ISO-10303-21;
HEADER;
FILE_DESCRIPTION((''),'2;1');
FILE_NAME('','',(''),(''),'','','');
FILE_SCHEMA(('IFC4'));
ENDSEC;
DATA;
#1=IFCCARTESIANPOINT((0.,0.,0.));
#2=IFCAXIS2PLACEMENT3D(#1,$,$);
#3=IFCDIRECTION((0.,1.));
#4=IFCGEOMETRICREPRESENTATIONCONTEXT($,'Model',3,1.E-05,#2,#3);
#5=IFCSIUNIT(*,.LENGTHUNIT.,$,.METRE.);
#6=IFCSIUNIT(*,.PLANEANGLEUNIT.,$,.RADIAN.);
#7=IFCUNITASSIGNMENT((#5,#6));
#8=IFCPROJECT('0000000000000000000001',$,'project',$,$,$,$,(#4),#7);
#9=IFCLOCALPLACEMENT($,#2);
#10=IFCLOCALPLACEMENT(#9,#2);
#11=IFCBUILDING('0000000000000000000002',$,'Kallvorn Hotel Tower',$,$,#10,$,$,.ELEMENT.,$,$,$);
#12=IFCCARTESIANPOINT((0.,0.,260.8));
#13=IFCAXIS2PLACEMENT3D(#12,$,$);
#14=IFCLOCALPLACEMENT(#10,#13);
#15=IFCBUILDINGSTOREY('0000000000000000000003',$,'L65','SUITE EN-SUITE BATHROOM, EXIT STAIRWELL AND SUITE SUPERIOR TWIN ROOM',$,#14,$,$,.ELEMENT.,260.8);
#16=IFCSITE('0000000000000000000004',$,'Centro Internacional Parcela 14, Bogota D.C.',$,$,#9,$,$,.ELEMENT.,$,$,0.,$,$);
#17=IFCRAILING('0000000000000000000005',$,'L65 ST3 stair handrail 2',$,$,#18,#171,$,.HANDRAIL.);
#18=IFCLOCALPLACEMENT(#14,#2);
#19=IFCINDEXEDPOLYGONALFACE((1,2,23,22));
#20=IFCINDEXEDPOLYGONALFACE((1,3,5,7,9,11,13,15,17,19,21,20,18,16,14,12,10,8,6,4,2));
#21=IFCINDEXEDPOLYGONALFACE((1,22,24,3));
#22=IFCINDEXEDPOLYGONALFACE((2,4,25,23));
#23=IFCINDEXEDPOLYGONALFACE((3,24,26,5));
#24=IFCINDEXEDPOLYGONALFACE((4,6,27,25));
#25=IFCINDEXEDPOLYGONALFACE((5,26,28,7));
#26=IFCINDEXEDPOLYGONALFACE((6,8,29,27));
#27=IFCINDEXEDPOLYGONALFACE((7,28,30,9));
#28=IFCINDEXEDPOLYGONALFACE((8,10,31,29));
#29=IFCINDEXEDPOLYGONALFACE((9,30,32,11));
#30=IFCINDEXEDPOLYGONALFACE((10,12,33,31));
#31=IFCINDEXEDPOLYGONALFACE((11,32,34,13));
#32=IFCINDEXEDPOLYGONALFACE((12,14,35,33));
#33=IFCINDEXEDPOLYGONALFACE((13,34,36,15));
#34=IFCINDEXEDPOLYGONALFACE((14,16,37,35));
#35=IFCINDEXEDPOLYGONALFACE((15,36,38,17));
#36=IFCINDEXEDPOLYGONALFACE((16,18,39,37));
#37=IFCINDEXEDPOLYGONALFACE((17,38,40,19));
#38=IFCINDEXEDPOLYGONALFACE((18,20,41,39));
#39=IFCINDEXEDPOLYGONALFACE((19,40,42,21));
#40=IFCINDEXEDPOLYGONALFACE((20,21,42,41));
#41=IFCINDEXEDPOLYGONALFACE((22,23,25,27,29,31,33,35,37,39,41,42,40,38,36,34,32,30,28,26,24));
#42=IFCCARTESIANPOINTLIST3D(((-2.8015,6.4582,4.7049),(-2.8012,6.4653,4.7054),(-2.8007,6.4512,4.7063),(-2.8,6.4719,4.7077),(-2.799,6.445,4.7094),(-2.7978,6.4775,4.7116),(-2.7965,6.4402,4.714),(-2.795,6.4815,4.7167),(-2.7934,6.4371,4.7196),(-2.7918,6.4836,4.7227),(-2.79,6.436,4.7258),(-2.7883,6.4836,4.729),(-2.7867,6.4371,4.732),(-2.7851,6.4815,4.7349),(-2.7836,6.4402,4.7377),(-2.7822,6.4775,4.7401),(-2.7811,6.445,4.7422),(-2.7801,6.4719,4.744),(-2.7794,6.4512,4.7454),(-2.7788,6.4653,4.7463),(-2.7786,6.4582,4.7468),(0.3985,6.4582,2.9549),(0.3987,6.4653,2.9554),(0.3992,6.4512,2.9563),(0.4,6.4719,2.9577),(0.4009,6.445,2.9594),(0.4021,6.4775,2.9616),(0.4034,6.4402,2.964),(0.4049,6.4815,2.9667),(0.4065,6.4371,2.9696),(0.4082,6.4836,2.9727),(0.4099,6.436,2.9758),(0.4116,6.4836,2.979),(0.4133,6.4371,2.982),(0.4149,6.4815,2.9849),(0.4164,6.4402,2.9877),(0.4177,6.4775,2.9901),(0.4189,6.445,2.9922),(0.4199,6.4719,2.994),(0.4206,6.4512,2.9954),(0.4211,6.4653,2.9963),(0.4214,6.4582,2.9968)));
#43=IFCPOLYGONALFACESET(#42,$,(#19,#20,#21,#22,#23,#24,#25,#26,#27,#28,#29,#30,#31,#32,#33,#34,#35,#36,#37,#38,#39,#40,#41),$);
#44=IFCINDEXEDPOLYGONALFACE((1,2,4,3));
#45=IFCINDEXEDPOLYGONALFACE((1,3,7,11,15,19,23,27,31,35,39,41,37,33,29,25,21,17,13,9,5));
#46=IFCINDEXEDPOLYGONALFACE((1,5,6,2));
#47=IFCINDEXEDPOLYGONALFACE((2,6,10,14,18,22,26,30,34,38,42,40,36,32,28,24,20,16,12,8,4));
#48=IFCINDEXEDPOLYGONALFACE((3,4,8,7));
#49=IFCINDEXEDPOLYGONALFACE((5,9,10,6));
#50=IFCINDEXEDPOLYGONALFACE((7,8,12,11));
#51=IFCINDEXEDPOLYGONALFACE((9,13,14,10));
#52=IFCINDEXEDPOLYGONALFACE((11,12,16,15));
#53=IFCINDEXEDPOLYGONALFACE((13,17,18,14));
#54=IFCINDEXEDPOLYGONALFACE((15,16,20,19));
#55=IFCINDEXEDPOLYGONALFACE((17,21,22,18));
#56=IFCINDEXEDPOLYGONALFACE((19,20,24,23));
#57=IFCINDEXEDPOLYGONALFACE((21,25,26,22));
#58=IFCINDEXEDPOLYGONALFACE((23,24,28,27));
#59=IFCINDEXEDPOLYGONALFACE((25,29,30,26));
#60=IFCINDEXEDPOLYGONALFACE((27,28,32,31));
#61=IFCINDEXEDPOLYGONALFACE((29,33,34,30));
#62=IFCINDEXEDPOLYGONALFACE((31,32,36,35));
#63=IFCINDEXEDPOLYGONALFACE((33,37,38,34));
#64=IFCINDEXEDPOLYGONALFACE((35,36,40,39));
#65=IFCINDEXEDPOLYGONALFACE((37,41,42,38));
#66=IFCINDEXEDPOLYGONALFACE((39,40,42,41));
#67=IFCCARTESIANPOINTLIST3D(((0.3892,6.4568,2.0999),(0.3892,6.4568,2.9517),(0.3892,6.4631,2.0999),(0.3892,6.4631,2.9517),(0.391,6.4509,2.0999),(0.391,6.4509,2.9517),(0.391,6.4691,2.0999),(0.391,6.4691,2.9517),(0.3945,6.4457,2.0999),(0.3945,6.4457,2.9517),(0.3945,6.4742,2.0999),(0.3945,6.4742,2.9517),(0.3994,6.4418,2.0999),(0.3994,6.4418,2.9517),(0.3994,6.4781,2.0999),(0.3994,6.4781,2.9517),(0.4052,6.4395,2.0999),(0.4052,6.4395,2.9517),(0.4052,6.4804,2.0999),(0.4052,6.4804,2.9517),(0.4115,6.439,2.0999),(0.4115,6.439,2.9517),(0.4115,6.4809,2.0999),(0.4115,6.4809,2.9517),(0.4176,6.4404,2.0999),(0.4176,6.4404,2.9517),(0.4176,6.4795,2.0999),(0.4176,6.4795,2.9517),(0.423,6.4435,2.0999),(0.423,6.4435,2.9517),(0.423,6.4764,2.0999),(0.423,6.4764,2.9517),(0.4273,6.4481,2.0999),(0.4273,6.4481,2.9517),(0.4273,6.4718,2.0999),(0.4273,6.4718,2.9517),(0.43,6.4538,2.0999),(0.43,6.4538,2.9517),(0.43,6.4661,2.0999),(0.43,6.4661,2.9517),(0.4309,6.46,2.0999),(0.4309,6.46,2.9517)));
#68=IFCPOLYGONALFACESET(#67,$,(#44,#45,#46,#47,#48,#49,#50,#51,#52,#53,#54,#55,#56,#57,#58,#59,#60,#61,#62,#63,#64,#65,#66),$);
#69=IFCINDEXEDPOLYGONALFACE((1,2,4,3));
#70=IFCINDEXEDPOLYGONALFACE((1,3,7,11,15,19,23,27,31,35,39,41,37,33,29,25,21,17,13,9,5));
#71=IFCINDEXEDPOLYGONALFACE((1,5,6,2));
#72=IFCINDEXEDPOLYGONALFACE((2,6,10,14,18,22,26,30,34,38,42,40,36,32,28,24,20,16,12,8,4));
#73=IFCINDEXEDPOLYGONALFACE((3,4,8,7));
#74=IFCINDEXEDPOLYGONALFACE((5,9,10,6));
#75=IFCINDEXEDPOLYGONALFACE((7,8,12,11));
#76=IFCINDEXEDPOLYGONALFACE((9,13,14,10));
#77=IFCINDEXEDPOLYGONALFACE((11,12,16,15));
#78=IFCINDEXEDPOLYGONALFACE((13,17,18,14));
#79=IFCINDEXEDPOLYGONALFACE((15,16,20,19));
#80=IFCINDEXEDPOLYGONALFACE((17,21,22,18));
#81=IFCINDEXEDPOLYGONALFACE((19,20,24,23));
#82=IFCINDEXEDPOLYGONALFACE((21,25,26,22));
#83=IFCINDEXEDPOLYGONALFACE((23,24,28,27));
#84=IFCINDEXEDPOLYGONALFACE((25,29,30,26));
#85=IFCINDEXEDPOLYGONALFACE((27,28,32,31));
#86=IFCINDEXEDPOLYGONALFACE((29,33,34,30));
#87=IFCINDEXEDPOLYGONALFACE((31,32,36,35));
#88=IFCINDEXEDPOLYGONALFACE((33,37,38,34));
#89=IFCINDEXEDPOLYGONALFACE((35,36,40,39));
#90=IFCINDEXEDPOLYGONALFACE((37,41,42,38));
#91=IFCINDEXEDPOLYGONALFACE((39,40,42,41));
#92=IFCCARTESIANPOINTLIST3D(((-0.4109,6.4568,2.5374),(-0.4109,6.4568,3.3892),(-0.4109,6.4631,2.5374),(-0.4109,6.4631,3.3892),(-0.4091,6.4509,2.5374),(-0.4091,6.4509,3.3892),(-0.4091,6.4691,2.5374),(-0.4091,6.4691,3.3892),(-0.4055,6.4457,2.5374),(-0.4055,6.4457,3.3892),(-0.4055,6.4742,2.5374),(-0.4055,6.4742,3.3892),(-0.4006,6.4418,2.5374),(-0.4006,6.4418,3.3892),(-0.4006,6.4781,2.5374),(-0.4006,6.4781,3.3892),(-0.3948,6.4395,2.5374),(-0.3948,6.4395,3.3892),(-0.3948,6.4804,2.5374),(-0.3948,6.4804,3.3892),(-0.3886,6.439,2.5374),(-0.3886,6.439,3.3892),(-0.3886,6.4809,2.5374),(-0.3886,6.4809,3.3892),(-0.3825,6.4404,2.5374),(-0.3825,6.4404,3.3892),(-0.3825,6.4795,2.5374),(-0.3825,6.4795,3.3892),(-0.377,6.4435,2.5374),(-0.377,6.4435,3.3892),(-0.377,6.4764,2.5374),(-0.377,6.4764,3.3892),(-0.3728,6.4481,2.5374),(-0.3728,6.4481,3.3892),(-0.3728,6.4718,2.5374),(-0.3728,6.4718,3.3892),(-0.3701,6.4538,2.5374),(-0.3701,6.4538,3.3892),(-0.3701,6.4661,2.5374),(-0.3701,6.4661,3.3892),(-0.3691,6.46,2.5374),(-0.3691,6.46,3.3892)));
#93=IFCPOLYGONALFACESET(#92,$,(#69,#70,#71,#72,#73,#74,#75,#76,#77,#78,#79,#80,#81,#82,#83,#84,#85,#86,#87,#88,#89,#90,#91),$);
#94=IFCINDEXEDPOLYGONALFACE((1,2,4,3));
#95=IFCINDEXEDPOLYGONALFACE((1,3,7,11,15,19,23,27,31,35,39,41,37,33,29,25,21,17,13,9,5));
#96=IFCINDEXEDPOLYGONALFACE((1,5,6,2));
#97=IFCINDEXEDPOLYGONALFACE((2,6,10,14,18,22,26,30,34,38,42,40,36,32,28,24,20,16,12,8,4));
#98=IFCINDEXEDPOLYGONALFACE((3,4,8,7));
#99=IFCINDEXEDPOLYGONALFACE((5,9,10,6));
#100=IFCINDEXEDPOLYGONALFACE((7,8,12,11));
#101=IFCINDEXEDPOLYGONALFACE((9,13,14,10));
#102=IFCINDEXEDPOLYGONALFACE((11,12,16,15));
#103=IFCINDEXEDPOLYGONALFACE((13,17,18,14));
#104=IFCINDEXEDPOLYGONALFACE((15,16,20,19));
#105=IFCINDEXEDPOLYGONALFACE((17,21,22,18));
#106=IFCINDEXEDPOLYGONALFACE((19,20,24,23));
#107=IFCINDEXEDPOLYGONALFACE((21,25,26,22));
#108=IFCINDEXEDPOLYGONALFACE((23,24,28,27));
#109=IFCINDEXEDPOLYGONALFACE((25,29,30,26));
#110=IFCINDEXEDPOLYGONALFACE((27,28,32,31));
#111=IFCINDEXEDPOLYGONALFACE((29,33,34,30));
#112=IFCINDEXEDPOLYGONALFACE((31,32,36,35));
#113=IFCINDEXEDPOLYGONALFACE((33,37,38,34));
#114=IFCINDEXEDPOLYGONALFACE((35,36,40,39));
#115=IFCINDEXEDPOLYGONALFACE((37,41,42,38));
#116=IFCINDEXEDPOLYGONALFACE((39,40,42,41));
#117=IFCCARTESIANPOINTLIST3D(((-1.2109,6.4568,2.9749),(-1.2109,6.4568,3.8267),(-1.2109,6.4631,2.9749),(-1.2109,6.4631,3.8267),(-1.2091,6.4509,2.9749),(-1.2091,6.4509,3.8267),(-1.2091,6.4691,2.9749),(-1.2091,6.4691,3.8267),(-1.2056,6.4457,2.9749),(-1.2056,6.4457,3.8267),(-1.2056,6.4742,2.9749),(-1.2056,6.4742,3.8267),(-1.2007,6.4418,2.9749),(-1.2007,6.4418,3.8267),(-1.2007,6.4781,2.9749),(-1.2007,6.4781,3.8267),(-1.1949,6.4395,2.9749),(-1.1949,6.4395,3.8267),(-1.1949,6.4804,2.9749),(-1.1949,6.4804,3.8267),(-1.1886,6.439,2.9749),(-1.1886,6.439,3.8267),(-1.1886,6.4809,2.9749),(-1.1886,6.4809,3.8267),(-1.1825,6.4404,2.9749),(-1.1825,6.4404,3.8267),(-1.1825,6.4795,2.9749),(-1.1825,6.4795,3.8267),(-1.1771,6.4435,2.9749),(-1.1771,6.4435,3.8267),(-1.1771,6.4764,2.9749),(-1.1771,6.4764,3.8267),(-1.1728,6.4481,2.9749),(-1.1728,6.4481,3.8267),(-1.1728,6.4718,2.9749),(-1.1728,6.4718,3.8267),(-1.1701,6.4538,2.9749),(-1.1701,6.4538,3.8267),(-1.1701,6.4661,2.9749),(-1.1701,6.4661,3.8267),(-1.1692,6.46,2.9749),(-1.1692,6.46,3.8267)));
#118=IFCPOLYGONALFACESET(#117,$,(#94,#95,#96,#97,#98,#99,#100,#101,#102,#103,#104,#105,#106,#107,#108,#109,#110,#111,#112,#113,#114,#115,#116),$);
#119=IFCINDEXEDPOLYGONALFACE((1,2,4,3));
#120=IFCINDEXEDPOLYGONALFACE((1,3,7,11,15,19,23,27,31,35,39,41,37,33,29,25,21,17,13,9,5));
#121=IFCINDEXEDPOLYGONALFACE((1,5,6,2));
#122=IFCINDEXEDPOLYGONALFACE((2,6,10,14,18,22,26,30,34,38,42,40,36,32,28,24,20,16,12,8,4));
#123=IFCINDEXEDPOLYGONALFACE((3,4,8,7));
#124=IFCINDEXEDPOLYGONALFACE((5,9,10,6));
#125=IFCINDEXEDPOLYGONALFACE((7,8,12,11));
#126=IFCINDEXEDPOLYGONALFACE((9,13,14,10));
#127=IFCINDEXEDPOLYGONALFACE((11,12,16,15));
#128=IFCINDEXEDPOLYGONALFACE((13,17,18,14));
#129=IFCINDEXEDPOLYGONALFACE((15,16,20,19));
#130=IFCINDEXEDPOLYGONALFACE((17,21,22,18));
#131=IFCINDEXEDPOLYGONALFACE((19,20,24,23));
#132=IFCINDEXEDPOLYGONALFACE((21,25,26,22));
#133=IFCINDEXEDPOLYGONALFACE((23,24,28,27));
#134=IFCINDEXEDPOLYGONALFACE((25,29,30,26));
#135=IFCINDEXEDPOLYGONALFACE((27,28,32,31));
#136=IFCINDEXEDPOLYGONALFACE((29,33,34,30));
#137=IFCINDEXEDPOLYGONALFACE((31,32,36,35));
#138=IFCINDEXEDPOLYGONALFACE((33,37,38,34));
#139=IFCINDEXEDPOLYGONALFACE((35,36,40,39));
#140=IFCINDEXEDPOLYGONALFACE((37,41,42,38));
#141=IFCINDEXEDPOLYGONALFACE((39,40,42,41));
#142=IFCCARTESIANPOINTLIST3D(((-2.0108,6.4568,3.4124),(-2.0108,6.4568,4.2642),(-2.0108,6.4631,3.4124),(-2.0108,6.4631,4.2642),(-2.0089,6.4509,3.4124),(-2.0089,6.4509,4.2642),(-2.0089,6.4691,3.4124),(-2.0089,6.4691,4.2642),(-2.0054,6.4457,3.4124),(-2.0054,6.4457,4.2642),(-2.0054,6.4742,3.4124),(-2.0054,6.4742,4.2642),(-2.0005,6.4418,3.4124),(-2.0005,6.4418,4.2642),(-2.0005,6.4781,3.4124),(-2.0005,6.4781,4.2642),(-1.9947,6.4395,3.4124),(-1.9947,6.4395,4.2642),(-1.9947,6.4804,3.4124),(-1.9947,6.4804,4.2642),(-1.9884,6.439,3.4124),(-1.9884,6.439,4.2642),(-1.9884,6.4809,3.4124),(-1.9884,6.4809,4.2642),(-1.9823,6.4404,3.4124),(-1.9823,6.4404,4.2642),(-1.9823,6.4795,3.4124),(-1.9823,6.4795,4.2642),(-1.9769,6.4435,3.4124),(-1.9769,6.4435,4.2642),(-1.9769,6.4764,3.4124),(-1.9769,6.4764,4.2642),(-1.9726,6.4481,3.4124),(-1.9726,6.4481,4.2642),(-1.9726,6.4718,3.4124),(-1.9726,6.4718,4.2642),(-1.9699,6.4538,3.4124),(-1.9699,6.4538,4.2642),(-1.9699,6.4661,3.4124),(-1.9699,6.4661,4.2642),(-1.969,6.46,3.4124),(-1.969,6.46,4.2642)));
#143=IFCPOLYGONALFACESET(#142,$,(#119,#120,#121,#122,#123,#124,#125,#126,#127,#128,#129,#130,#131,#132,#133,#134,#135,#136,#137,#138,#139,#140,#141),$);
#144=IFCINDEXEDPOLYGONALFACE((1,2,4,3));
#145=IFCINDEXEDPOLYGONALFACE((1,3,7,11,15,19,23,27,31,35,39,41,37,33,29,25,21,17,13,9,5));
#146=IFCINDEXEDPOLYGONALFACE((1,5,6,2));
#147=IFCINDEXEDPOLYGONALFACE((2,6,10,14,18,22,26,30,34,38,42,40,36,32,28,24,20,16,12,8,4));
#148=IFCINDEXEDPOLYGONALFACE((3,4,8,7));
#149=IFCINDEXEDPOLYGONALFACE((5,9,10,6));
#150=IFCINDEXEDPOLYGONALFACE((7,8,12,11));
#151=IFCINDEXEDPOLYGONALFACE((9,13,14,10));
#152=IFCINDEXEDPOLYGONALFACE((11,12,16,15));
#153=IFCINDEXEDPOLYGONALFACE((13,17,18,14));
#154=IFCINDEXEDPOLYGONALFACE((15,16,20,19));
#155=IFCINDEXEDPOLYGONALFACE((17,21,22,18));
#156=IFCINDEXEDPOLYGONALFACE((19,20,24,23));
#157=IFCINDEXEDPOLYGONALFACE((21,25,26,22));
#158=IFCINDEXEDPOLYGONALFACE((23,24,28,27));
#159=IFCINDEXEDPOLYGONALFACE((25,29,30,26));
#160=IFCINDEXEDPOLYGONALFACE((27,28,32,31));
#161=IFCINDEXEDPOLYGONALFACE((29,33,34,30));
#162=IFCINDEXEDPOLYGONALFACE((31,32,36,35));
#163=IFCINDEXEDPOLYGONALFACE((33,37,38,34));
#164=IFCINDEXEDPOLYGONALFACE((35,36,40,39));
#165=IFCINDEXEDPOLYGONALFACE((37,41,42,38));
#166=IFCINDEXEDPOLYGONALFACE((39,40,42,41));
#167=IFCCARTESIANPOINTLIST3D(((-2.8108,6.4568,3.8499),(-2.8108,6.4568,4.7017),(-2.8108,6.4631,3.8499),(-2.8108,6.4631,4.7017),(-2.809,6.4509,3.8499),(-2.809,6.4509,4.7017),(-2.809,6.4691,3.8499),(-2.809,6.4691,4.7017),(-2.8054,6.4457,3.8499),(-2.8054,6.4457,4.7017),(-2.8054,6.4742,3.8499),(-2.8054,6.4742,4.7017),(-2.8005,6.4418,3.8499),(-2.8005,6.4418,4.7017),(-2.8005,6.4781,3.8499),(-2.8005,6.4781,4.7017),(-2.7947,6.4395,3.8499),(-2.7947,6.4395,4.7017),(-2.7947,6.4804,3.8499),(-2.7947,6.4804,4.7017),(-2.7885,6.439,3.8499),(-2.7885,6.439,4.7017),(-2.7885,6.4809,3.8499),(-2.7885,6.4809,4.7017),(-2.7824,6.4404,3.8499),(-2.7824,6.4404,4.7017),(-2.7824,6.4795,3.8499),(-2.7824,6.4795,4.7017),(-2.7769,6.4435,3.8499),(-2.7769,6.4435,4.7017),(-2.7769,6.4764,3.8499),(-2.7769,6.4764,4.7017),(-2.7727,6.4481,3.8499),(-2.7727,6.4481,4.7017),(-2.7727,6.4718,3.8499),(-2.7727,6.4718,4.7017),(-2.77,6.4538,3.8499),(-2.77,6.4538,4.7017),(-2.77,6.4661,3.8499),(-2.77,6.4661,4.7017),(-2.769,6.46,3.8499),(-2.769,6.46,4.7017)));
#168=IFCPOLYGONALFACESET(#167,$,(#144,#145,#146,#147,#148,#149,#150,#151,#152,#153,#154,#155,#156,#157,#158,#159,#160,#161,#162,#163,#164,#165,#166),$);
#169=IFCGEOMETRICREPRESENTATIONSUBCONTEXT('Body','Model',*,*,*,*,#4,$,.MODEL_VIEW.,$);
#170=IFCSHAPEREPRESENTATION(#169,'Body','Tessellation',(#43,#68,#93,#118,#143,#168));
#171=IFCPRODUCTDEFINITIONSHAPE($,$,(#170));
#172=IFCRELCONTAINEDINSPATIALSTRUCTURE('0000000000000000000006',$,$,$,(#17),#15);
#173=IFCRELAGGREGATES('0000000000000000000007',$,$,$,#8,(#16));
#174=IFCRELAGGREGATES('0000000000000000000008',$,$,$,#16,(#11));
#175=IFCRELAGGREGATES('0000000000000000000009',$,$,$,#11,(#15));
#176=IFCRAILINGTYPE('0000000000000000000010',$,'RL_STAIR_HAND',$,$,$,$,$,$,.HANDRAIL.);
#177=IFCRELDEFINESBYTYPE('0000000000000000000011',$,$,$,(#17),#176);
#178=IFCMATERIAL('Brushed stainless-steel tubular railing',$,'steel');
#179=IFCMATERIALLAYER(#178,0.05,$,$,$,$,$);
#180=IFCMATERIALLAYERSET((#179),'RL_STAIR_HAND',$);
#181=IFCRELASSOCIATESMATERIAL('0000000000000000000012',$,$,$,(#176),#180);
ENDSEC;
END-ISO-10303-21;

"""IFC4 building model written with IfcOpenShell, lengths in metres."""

from ifc_helpers import new_model, si_unit, direction, frame, origin, origin_2d, place, context, subcontext, project, spatial, circle, extrude, material, layer, layer_set, type_object, element, save


model = new_model("IFC4")

# Units and contexts
model_context = context("Model", 3, precision=1e-05, world=origin(), true_north=direction((0.0, 1.0)))
body_context = subcontext(model_context, "Body", "Model", "MODEL_VIEW")
ifc_project = project(units=[si_unit("LENGTHUNIT", "METRE"), si_unit("PLANEANGLEUNIT", "RADIAN")], contexts=[model_context])

# Site, building, storey
site_placement = place(None, origin())
site = spatial("IfcSite", under=ifc_project, at=site_placement, Name="Centro Internacional Parcela 14, Bogota D.C.", CompositionType="ELEMENT", RefElevation=0.0)
building_placement = place(site_placement, origin())
building = spatial("IfcBuilding", under=site, at=building_placement, Name="Kallvorn Hotel Tower", CompositionType="ELEMENT")
storey_placement = place(building_placement, frame((0.0, 0.0, 260.8)))
storey = spatial("IfcBuildingStorey", under=building, at=storey_placement, Name="L65", Description="SUITE EN-SUITE BATHROOM, EXIT STAIRWELL AND SUITE SUPERIOR TWIN ROOM", CompositionType="ELEMENT", Elevation=260.8)

# Railing
ifc_material_1 = material(Name="Brushed stainless-steel tubular railing", Category="steel")
ifc_layer_1 = layer(ifc_material_1, 0.05)
ifc_layer_set_1 = layer_set([ifc_layer_1], Name="RL_STAIR_HAND")
railing_type_1 = type_object("IfcRailingType", Name="RL_STAIR_HAND", PredefinedType="HANDRAIL", material=ifc_layer_set_1)
railing_1_placement = place(storey_placement, frame((0.4099, 6.46, 2.0999)))
element("IfcRailing", 1, at=railing_1_placement, inside=storey, type_object=railing_type_1, Name="L65 ST3 stair handrail 2", PredefinedType="HANDRAIL", context=body_context, shape_type="SweptSolid", body=[
    extrude(circle(Radius=0.0239, at=origin_2d()), frame((0.0, 0.0, 0.876), z_axis=(-0.877368, 0.0, 0.479818), x_axis=(0.0, -1.0, 0.0)), (0.0, 0.0, 1.0), 3.6472),
    extrude(circle(Radius=0.021, at=origin_2d()), origin(), (0.0, 0.0, 1.0), 0.8518),
    extrude(circle(Radius=0.021, at=origin_2d()), frame((-0.8, 0.0, 0.4375)), (0.0, 0.0, 1.0), 0.8518),
    extrude(circle(Radius=0.021, at=origin_2d()), frame((-1.6001, 0.0, 0.875)), (0.0, 0.0, 1.0), 0.8518),
    extrude(circle(Radius=0.021, at=origin_2d()), frame((-2.3999, 0.0, 1.3125)), (0.0, 0.0, 1.0), 0.8518),
    extrude(circle(Radius=0.021, at=origin_2d()), frame((-3.2, 0.0, 1.75)), (0.0, 0.0, 1.0), 0.8518),
])

save(model, "model.ifc")
